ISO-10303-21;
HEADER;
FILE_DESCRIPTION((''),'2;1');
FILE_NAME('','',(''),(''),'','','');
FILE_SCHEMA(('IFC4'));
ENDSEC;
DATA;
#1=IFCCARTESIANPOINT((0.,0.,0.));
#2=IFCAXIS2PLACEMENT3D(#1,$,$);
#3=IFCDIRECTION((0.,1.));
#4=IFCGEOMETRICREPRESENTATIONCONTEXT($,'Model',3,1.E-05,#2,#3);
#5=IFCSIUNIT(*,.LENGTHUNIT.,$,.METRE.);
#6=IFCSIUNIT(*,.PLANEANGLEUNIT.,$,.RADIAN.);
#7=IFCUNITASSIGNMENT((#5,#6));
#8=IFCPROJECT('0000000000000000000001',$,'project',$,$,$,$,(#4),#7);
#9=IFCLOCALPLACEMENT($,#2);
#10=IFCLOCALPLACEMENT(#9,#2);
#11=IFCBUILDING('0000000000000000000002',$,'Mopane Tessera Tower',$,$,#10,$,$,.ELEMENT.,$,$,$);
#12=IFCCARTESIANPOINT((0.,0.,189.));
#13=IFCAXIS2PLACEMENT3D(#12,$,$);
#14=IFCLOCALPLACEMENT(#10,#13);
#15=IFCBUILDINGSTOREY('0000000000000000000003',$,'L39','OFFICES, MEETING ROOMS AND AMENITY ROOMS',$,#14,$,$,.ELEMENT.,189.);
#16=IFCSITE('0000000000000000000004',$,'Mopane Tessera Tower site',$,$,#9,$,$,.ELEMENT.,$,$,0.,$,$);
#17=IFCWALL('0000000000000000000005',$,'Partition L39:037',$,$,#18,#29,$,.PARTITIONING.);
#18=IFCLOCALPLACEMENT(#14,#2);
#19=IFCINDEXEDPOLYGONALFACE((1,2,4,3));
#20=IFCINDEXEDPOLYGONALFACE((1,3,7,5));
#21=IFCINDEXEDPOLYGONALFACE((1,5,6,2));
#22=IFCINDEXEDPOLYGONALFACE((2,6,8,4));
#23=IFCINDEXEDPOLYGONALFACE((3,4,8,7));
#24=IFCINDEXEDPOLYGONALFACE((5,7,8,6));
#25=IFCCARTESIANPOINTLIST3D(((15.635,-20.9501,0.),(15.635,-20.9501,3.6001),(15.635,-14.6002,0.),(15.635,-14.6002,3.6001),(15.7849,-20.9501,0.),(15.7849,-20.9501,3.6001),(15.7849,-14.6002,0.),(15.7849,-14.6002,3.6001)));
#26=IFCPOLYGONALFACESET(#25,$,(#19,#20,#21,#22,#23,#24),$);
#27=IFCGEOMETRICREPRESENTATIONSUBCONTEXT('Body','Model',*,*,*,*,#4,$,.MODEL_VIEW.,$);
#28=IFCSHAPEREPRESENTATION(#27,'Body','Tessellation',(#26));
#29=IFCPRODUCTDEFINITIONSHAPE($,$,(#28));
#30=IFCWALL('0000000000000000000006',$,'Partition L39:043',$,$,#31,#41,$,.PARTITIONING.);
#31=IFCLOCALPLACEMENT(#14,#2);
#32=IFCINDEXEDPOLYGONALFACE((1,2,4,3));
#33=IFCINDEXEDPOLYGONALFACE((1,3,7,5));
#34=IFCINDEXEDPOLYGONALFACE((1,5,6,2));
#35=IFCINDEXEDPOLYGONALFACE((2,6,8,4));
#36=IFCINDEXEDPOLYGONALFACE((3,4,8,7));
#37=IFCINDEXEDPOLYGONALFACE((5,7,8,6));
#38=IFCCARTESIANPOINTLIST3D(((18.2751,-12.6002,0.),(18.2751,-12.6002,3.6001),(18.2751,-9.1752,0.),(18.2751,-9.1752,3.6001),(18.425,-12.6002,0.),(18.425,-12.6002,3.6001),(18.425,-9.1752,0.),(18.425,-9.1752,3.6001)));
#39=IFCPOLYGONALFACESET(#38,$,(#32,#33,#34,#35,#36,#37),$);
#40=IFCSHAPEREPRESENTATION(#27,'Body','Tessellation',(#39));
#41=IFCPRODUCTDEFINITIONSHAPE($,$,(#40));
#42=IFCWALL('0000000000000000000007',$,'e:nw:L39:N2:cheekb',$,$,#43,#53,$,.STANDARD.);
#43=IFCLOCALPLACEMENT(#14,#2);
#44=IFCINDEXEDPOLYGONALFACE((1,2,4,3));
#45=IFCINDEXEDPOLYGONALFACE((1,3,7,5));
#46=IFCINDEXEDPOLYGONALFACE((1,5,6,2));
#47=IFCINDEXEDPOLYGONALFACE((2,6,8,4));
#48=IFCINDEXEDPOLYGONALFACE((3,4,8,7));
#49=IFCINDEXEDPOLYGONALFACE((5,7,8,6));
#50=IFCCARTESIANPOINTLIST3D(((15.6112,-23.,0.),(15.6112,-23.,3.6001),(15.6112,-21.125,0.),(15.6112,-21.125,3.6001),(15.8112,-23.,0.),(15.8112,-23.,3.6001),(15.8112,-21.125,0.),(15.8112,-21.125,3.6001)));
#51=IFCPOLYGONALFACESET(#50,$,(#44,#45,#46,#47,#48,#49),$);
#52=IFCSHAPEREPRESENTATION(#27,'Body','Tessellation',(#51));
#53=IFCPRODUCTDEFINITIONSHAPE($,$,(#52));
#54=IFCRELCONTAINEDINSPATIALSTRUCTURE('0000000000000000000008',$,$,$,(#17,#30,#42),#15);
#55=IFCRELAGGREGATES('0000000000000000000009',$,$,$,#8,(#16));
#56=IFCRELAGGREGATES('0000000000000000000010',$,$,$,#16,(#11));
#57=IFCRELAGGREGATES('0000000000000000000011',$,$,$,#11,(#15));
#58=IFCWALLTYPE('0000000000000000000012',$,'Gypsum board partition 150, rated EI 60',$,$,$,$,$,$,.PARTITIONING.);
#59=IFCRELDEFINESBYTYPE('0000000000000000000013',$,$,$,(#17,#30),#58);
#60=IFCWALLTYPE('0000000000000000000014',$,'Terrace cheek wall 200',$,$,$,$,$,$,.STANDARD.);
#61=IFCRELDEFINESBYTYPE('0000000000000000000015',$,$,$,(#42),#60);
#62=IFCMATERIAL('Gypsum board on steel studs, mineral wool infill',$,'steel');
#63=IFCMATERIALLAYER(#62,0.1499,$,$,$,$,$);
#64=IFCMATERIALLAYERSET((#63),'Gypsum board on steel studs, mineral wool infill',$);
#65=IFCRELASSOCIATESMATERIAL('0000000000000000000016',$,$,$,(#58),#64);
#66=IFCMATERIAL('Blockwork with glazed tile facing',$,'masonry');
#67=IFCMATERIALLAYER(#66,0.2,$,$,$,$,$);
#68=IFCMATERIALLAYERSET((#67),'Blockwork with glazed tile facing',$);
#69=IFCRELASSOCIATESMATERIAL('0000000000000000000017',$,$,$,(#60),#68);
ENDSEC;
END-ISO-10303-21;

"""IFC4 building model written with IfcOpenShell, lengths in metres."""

from ifc_helpers import new_model, si_unit, direction, frame, frame_2d, origin, place, context, subcontext, project, spatial, rectangle, extrude, material, layer, layer_set, type_object, element, save


model = new_model("IFC4")

# Units and contexts
model_context = context("Model", 3, precision=1e-05, world=origin(), true_north=direction((0.0, 1.0)))
body_context = subcontext(model_context, "Body", "Model", "MODEL_VIEW")
ifc_project = project(units=[si_unit("LENGTHUNIT", "METRE"), si_unit("PLANEANGLEUNIT", "RADIAN")], contexts=[model_context])

# Site, building, storey
site_placement = place(None, origin())
site = spatial("IfcSite", under=ifc_project, at=site_placement, Name="Mopane Tessera Tower site", CompositionType="ELEMENT", RefElevation=0.0)
building_placement = place(site_placement, origin())
building = spatial("IfcBuilding", under=site, at=building_placement, Name="Mopane Tessera Tower", CompositionType="ELEMENT")
storey_placement = place(building_placement, frame((0.0, 0.0, 189.0)))
storey = spatial("IfcBuildingStorey", under=building, at=storey_placement, Name="L39", Description="OFFICES, MEETING ROOMS AND AMENITY ROOMS", CompositionType="ELEMENT", Elevation=189.0)

# Walls
ifc_material_1 = material(Name="Gypsum board on steel studs, mineral wool infill", Category="steel")
ifc_layer_1 = layer(ifc_material_1, 0.1499)
ifc_layer_set_1 = layer_set([ifc_layer_1], Name="Gypsum board on steel studs, mineral wool infill")
wall_type_1 = type_object("IfcWallType", Name="Gypsum board partition 150, rated EI 60", PredefinedType="PARTITIONING", material=ifc_layer_set_1)
wall_1_placement = place(storey_placement, frame((15.71, -20.95, 0.0), z_axis=(0.0, 0.0, 1.0), x_axis=(0.0, 1.0, 0.0)))
element("IfcWall", 1, at=wall_1_placement, inside=storey, type_object=wall_type_1, Name="Partition L39:037", PredefinedType="PARTITIONING", context=body_context, shape_type="SweptSolid", body=[
    extrude(rectangle(XDim=6.3499, YDim=0.1499, at=frame_2d((3.1748, 0.0))), origin(), (0.0, 0.0, 1.0), 3.6001),
])
wall_2_placement = place(storey_placement, frame((18.3501, -12.6001, 0.0), z_axis=(0.0, 0.0, 1.0), x_axis=(0.0, 1.0, 0.0)))
element("IfcWall", 2, at=wall_2_placement, inside=storey, type_object=wall_type_1, Name="Partition L39:043", PredefinedType="PARTITIONING", context=body_context, shape_type="SweptSolid", body=[
    extrude(rectangle(XDim=3.425, YDim=0.1499, at=frame_2d((1.7124, 0.0))), origin(), (0.0, 0.0, 1.0), 3.6001),
])
ifc_material_2 = material(Name="Blockwork with glazed tile facing", Category="masonry")
ifc_layer_2 = layer(ifc_material_2, 0.2)
ifc_layer_set_2 = layer_set([ifc_layer_2], Name="Blockwork with glazed tile facing")
wall_type_2 = type_object("IfcWallType", Name="Terrace cheek wall 200", PredefinedType="STANDARD", material=ifc_layer_set_2)
wall_3_placement = place(storey_placement, frame((15.7112, -23.0, 0.0), z_axis=(0.0, 0.0, 1.0), x_axis=(0.0, 1.0, 0.0)))
element("IfcWall", 3, at=wall_3_placement, inside=storey, type_object=wall_type_2, Name="e:nw:L39:N2:cheekb", PredefinedType="STANDARD", context=body_context, shape_type="SweptSolid", body=[
    extrude(rectangle(XDim=1.875, YDim=0.2, at=frame_2d((0.9375, 0.0))), origin(), (0.0, 0.0, 1.0), 3.6001),
])

save(model, "model.ifc")
